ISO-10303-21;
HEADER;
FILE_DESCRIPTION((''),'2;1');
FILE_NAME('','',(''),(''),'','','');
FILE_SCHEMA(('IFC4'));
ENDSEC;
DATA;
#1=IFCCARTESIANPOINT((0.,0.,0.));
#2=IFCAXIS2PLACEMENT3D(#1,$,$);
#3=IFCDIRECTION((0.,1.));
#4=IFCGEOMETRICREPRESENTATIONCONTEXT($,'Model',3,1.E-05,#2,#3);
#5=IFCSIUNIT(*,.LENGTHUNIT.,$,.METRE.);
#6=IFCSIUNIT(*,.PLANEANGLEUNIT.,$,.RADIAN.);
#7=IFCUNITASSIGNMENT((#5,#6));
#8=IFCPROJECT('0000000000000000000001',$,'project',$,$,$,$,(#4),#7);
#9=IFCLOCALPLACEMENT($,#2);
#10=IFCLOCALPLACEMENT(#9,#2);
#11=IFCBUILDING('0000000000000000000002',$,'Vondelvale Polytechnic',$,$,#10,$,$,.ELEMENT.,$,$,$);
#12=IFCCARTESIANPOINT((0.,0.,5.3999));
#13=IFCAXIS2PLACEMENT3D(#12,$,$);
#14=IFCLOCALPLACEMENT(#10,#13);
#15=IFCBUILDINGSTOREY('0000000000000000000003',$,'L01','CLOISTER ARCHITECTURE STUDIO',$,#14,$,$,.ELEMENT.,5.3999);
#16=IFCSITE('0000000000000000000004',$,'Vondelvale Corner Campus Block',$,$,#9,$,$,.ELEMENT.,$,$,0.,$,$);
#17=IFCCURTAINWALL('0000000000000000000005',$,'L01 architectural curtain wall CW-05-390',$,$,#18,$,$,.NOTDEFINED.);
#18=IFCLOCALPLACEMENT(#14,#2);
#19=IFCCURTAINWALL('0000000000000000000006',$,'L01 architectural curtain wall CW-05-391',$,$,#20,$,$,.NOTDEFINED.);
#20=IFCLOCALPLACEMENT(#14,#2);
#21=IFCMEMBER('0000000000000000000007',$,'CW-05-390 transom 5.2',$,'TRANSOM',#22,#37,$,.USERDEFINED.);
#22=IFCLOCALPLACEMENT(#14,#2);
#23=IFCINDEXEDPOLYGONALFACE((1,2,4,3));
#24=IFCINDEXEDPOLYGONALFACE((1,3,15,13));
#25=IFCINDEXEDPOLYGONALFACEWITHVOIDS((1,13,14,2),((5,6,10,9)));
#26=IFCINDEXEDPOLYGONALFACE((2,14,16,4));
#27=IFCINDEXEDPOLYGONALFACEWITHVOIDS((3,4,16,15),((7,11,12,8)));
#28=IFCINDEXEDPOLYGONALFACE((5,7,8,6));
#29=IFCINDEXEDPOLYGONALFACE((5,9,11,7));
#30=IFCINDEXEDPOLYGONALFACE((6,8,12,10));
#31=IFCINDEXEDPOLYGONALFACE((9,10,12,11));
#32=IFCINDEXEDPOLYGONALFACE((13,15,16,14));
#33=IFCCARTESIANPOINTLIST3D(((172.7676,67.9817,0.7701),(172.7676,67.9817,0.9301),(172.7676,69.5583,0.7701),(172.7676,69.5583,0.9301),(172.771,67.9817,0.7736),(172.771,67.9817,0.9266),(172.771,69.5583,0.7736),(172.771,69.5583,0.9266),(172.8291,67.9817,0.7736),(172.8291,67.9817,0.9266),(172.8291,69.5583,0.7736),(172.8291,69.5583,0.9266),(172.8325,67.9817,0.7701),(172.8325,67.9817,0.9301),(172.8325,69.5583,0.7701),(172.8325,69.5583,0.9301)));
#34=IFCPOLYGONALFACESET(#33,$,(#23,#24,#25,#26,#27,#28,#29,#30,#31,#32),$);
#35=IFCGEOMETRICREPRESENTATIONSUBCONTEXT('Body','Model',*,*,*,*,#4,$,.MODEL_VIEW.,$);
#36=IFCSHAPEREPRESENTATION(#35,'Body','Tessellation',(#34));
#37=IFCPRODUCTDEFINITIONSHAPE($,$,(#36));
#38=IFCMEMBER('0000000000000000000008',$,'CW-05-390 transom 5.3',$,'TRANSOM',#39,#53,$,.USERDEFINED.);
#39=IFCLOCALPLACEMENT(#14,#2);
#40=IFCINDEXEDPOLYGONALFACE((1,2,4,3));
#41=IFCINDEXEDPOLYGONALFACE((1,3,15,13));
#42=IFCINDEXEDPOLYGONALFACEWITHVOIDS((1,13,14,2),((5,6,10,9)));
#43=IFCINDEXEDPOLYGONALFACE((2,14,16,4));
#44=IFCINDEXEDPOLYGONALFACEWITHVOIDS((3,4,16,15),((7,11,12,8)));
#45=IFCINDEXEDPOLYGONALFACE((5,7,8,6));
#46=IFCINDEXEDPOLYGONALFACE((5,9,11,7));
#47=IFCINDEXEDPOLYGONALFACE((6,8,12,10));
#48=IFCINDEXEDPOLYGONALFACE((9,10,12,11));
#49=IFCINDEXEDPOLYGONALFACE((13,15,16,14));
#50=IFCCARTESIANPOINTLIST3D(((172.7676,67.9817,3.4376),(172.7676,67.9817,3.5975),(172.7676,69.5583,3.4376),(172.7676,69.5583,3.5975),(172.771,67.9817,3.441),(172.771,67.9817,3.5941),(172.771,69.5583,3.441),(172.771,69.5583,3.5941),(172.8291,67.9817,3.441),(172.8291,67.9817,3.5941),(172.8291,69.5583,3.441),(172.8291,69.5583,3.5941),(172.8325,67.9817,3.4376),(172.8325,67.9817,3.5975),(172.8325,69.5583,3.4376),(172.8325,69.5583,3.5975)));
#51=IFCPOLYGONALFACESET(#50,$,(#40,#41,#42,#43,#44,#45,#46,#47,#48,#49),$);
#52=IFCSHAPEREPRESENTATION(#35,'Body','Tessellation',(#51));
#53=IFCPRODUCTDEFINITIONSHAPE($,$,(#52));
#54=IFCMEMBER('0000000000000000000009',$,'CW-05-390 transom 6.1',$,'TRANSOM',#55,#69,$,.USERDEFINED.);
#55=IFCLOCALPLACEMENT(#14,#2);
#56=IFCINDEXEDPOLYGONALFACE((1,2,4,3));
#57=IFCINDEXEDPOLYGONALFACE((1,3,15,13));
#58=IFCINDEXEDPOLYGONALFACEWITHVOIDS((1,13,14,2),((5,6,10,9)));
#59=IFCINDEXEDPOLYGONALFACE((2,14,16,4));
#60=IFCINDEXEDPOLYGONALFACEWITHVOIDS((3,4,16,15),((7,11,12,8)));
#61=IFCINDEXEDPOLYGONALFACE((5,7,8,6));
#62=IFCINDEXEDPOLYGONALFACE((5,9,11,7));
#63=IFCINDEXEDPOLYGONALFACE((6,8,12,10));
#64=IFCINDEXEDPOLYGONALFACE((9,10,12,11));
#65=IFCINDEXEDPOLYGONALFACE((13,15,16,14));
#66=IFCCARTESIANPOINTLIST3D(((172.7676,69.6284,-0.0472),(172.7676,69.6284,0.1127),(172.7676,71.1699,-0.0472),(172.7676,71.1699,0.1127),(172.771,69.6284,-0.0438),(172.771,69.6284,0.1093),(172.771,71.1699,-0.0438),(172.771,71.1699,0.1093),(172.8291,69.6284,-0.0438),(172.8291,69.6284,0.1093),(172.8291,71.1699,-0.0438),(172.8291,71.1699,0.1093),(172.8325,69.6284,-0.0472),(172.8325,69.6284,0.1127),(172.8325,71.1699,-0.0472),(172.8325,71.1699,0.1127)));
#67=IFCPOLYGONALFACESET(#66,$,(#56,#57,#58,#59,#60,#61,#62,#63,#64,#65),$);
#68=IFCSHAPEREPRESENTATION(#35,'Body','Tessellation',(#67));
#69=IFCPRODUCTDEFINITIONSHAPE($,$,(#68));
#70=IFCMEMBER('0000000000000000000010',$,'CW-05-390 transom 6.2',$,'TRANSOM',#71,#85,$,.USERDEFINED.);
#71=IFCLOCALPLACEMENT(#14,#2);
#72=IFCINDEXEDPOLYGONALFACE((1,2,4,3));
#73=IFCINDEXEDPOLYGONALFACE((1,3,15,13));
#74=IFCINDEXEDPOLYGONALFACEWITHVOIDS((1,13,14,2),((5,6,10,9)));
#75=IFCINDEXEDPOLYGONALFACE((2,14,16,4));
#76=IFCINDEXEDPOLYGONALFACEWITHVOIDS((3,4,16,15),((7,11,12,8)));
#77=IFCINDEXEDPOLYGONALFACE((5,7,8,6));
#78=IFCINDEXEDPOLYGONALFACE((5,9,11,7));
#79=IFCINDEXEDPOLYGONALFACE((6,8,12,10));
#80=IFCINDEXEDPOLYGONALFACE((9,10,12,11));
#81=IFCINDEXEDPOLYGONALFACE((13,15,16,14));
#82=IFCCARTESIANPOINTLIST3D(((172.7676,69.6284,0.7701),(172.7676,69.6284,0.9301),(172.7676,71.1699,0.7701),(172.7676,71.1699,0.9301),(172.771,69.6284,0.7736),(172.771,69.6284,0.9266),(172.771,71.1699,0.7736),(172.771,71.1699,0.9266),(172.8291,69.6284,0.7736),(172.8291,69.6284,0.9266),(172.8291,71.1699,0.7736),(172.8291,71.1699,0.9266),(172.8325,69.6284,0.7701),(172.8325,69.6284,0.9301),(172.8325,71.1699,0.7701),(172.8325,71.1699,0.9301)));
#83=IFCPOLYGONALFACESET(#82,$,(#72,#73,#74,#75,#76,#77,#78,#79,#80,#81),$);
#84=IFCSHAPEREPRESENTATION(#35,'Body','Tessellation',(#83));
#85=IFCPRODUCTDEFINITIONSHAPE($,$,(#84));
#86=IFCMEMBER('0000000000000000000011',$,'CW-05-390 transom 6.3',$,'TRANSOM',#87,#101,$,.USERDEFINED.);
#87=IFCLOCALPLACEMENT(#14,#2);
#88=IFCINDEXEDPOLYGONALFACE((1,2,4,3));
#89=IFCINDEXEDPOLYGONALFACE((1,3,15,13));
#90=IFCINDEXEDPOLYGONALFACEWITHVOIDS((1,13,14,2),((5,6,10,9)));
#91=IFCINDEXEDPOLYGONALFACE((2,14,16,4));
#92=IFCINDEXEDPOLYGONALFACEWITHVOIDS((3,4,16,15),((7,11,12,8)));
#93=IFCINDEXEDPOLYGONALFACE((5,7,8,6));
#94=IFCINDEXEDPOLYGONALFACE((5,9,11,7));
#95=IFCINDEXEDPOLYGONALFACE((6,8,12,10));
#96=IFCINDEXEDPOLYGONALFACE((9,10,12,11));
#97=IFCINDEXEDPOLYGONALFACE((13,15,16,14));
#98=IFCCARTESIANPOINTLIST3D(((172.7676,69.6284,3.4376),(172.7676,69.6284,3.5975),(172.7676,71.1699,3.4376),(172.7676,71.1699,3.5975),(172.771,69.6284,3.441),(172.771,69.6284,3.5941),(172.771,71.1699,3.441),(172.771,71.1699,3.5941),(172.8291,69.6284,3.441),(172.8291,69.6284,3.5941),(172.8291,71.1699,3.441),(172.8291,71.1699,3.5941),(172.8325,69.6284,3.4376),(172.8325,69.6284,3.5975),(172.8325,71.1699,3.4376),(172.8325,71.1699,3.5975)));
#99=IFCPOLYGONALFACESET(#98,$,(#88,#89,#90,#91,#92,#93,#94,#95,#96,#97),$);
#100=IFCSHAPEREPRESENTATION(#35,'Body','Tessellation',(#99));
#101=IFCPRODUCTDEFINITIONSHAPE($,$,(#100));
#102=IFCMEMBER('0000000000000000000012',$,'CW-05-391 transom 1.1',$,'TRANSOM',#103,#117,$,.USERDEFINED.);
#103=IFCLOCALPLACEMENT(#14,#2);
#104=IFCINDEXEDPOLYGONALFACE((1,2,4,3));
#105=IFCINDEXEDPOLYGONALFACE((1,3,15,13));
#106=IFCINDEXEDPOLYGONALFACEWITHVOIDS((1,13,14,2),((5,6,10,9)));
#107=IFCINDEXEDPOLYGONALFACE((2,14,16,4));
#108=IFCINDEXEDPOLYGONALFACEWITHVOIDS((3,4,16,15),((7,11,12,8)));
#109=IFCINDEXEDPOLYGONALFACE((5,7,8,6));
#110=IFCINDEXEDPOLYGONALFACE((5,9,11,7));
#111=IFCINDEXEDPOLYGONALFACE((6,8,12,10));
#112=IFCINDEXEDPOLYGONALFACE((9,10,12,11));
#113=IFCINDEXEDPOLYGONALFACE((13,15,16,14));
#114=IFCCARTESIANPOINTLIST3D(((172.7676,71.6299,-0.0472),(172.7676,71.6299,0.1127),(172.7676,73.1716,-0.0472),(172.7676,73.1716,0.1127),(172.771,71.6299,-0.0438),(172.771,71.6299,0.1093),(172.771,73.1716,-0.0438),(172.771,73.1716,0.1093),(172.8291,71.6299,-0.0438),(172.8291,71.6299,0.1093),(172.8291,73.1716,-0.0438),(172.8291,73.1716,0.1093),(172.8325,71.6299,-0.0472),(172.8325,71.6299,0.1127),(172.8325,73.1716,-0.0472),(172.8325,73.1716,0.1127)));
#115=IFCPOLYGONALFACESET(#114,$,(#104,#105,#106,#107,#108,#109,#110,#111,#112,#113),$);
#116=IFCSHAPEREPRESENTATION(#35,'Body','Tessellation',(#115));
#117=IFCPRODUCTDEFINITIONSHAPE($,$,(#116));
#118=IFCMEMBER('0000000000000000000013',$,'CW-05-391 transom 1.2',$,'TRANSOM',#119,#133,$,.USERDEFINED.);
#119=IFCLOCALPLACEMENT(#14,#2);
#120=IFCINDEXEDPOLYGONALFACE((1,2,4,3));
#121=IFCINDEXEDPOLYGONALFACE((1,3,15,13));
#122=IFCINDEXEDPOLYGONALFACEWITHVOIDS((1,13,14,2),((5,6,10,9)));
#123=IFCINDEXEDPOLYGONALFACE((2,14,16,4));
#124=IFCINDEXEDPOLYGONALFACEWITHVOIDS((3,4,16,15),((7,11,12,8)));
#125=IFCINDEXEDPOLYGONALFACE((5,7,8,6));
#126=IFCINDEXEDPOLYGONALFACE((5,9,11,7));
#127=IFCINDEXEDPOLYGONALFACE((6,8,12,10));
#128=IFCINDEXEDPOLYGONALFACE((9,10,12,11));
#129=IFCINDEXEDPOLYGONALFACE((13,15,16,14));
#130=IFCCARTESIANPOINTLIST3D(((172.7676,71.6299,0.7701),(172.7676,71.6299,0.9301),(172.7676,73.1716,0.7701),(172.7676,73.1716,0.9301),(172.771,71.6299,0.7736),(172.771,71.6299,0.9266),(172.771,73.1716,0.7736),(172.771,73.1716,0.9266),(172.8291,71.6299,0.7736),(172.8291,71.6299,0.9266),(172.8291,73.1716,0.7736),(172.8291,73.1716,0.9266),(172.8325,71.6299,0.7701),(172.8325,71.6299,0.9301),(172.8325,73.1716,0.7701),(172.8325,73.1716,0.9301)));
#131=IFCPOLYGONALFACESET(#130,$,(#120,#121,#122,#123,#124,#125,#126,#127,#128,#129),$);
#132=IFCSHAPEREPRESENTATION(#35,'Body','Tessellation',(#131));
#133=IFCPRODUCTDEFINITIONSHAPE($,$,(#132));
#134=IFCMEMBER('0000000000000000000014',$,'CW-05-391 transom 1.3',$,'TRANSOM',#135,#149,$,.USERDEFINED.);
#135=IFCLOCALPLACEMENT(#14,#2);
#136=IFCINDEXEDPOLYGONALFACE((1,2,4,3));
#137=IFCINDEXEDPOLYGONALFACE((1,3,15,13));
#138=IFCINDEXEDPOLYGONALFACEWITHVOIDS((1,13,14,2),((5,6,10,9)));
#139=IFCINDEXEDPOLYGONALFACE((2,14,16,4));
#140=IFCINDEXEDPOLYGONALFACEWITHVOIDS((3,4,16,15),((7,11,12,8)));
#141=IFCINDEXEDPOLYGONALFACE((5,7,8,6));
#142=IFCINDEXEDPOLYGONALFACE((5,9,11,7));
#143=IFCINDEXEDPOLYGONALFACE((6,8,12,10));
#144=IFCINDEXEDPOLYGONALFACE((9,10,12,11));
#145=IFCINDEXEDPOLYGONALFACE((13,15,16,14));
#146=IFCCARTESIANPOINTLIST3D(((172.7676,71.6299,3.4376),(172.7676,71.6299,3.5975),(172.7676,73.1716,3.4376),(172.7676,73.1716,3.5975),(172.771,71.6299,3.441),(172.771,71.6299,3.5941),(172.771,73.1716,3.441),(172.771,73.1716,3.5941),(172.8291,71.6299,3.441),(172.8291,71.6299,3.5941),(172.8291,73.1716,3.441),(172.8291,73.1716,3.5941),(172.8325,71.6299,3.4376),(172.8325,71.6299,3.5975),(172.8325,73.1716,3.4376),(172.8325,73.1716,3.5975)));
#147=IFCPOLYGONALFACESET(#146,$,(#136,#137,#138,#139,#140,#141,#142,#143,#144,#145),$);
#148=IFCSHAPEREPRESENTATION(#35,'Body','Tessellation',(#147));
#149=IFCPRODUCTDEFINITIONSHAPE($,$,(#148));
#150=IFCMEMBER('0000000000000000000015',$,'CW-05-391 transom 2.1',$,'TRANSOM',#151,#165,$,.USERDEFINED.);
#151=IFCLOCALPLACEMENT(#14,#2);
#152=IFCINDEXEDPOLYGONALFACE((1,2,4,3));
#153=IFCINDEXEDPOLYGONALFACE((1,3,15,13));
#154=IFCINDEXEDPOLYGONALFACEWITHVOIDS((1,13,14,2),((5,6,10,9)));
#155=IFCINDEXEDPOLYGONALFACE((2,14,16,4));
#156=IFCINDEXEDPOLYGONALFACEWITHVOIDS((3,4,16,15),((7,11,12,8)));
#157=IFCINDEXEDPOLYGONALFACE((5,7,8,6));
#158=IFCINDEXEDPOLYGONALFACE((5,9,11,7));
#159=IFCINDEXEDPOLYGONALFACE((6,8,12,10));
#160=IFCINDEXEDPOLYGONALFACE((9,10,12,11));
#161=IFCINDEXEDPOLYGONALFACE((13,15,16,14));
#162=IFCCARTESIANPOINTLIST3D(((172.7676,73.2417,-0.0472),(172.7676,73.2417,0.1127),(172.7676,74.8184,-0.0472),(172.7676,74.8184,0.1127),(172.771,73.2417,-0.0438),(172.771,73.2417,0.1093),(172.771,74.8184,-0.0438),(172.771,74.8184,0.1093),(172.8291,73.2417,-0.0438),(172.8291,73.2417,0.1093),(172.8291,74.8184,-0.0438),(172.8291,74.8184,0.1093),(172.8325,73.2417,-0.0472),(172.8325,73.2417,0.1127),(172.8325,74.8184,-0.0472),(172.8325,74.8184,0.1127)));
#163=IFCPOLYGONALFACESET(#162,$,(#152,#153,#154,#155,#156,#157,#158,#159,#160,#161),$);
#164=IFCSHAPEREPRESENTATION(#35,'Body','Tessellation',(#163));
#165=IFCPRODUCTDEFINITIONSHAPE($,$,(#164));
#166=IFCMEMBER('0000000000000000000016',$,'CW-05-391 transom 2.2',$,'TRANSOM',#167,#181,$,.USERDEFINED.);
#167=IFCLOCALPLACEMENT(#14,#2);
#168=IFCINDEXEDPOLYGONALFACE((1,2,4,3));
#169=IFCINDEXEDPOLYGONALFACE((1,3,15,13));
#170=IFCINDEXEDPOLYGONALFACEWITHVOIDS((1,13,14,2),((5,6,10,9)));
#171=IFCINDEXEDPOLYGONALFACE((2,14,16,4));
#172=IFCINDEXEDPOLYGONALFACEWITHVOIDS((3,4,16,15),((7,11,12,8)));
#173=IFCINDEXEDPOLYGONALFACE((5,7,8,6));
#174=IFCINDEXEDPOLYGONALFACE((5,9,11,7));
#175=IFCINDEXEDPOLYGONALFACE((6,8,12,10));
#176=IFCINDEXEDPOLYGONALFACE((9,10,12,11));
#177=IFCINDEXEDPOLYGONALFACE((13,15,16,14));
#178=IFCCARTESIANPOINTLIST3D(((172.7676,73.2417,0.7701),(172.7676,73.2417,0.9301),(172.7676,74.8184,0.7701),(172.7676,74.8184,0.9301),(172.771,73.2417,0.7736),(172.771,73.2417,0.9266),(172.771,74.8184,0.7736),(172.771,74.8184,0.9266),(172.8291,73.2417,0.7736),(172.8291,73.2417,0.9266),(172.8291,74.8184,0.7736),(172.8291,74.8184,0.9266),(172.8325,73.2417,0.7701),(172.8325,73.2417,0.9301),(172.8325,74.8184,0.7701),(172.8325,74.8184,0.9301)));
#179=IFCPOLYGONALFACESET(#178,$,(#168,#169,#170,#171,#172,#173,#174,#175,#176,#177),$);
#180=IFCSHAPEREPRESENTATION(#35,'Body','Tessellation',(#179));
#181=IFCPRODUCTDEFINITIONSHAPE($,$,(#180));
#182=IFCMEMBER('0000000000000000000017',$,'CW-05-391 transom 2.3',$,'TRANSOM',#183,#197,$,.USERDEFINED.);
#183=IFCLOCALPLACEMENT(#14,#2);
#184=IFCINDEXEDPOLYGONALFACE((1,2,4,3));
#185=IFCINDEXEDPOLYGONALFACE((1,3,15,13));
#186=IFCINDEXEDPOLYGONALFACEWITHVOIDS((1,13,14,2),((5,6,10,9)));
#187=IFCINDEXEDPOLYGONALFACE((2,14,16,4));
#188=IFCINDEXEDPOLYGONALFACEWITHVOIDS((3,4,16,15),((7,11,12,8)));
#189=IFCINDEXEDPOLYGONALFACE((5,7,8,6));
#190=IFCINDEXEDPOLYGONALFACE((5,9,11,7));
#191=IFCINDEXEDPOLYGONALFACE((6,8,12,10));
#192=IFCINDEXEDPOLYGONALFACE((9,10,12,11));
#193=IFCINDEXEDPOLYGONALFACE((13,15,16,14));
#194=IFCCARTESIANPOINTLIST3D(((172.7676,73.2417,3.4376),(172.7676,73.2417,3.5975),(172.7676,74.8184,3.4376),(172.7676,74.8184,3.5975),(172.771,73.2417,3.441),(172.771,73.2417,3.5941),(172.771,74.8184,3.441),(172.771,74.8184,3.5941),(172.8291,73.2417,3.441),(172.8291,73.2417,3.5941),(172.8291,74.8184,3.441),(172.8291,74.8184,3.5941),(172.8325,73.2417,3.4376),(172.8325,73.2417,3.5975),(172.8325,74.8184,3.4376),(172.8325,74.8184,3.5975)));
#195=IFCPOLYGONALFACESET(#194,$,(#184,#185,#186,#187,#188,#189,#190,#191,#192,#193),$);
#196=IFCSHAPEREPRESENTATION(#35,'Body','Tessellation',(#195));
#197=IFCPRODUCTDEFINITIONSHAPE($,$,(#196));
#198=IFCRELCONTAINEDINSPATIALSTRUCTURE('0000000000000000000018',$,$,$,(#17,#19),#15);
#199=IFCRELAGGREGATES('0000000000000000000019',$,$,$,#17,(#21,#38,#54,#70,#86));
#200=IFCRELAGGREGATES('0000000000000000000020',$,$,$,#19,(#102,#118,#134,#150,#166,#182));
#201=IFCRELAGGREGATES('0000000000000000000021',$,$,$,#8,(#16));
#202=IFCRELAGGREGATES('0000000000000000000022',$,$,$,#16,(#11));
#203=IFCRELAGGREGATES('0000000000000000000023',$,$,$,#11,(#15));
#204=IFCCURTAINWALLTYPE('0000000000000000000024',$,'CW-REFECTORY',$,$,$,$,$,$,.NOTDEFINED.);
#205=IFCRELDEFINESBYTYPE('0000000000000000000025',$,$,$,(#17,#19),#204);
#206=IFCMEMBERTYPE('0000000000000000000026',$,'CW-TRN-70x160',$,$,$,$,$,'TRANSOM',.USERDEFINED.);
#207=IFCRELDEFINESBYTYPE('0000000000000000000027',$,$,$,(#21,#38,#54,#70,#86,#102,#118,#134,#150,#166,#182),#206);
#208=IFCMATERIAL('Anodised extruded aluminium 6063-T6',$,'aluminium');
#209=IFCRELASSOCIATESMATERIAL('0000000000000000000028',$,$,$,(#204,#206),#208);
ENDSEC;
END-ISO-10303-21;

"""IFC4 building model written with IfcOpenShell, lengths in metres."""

from ifc_helpers import new_model, si_unit, direction, frame, origin, origin_2d, place, context, subcontext, project, spatial, hollow_rectangle, extrude, material, material_profile, profile_set, type_object, element, aggregate, save


model = new_model("IFC4")

# Units and contexts
model_context = context("Model", 3, precision=1e-05, world=origin(), true_north=direction((0.0, 1.0)))
body_context = subcontext(model_context, "Body", "Model", "MODEL_VIEW")
ifc_project = project(units=[si_unit("LENGTHUNIT", "METRE"), si_unit("PLANEANGLEUNIT", "RADIAN")], contexts=[model_context])

# Site, building, storey
site_placement = place(None, origin())
site = spatial("IfcSite", under=ifc_project, at=site_placement, Name="Vondelvale Corner Campus Block", CompositionType="ELEMENT", RefElevation=0.0)
building_placement = place(site_placement, origin())
building = spatial("IfcBuilding", under=site, at=building_placement, Name="Vondelvale Polytechnic", CompositionType="ELEMENT")
storey_placement = place(building_placement, frame((0.0, 0.0, 5.3999)))
storey = spatial("IfcBuildingStorey", under=building, at=storey_placement, Name="L01", Description="CLOISTER ARCHITECTURE STUDIO", CompositionType="ELEMENT", Elevation=5.3999)

# Curtain walls
ifc_material_1 = material(Name="Anodised extruded aluminium 6063-T6", Category="aluminium")
curtain_wall_type = type_object("IfcCurtainWallType", Name="CW-REFECTORY", PredefinedType="NOTDEFINED", material=ifc_material_1)
curtain_wall_1_placement = place(storey_placement, origin())
curtain_wall_1 = element("IfcCurtainWall", 1, at=curtain_wall_1_placement, inside=storey, type_object=curtain_wall_type, Name="L01 architectural curtain wall CW-05-390", PredefinedType="NOTDEFINED")
curtain_wall_2_placement = place(storey_placement, origin())
curtain_wall_2 = element("IfcCurtainWall", 2, at=curtain_wall_2_placement, inside=storey, type_object=curtain_wall_type, Name="L01 architectural curtain wall CW-05-391", PredefinedType="NOTDEFINED")

# Members
ifc_material_profile_1 = material_profile(ifc_material_1, hollow_rectangle(XDim=0.0649, YDim=0.1599, WallThickness=0.0034, at=origin_2d()), Name="CW-TRN-160x65")
ifc_profile_set_1 = profile_set([ifc_material_profile_1], Name="Anodised extruded aluminium 6063-T6")
member_type_1 = type_object("IfcMemberType", Name="CW-TRN-70x160", ElementType="TRANSOM", PredefinedType="USERDEFINED", material=ifc_profile_set_1)
member_1_placement = place(storey_placement, frame((172.8, 67.9817, 0.8501), z_axis=(0.0, 1.0, 0.0), x_axis=(-1.0, 0.0, 0.0)))
member_1 = element("IfcMember", 3, at=member_1_placement, type_object=member_type_1, Name="CW-05-390 transom 5.2", ObjectType="TRANSOM", PredefinedType="USERDEFINED", context=body_context, shape_type="SweptSolid", body=[
    extrude(hollow_rectangle(XDim=0.0649, YDim=0.1599, WallThickness=0.0034, at=origin_2d()), origin(), (0.0, 0.0, 1.0), 1.5767),
])
member_2_placement = place(storey_placement, frame((172.8, 67.9817, 3.5176), z_axis=(0.0, 1.0, 0.0), x_axis=(-1.0, 0.0, 0.0)))
member_2 = element("IfcMember", 4, at=member_2_placement, type_object=member_type_1, Name="CW-05-390 transom 5.3", ObjectType="TRANSOM", PredefinedType="USERDEFINED", context=body_context, shape_type="SweptSolid", body=[
    extrude(hollow_rectangle(XDim=0.0649, YDim=0.1599, WallThickness=0.0034, at=origin_2d()), origin(), (0.0, 0.0, 1.0), 1.5767),
])
member_3_placement = place(storey_placement, frame((172.8, 69.6284, 0.0327), z_axis=(0.0, 1.0, 0.0), x_axis=(-1.0, 0.0, 0.0)))
member_3 = element("IfcMember", 5, at=member_3_placement, type_object=member_type_1, Name="CW-05-390 transom 6.1", ObjectType="TRANSOM", PredefinedType="USERDEFINED", context=body_context, shape_type="SweptSolid", body=[
    extrude(hollow_rectangle(XDim=0.0649, YDim=0.1599, WallThickness=0.0034, at=origin_2d()), origin(), (0.0, 0.0, 1.0), 1.5415),
])
member_4_placement = place(storey_placement, frame((172.8, 69.6284, 0.8501), z_axis=(0.0, 1.0, 0.0), x_axis=(-1.0, 0.0, 0.0)))
member_4 = element("IfcMember", 6, at=member_4_placement, type_object=member_type_1, Name="CW-05-390 transom 6.2", ObjectType="TRANSOM", PredefinedType="USERDEFINED", context=body_context, shape_type="SweptSolid", body=[
    extrude(hollow_rectangle(XDim=0.0649, YDim=0.1599, WallThickness=0.0034, at=origin_2d()), origin(), (0.0, 0.0, 1.0), 1.5415),
])
member_5_placement = place(storey_placement, frame((172.8, 69.6284, 3.5176), z_axis=(0.0, 1.0, 0.0), x_axis=(-1.0, 0.0, 0.0)))
member_5 = element("IfcMember", 7, at=member_5_placement, type_object=member_type_1, Name="CW-05-390 transom 6.3", ObjectType="TRANSOM", PredefinedType="USERDEFINED", context=body_context, shape_type="SweptSolid", body=[
    extrude(hollow_rectangle(XDim=0.0649, YDim=0.1599, WallThickness=0.0034, at=origin_2d()), origin(), (0.0, 0.0, 1.0), 1.5415),
])
member_6_placement = place(storey_placement, frame((172.8, 71.6299, 0.0327), z_axis=(0.0, 1.0, 0.0), x_axis=(-1.0, 0.0, 0.0)))
member_6 = element("IfcMember", 8, at=member_6_placement, type_object=member_type_1, Name="CW-05-391 transom 1.1", ObjectType="TRANSOM", PredefinedType="USERDEFINED", context=body_context, shape_type="SweptSolid", body=[
    extrude(hollow_rectangle(XDim=0.0649, YDim=0.1599, WallThickness=0.0034, at=origin_2d()), origin(), (0.0, 0.0, 1.0), 1.5417),
])
member_7_placement = place(storey_placement, frame((172.8, 71.6299, 0.8501), z_axis=(0.0, 1.0, 0.0), x_axis=(-1.0, 0.0, 0.0)))
member_7 = element("IfcMember", 9, at=member_7_placement, type_object=member_type_1, Name="CW-05-391 transom 1.2", ObjectType="TRANSOM", PredefinedType="USERDEFINED", context=body_context, shape_type="SweptSolid", body=[
    extrude(hollow_rectangle(XDim=0.0649, YDim=0.1599, WallThickness=0.0034, at=origin_2d()), origin(), (0.0, 0.0, 1.0), 1.5417),
])
member_8_placement = place(storey_placement, frame((172.8, 71.6299, 3.5176), z_axis=(0.0, 1.0, 0.0), x_axis=(-1.0, 0.0, 0.0)))
member_8 = element("IfcMember", 10, at=member_8_placement, type_object=member_type_1, Name="CW-05-391 transom 1.3", ObjectType="TRANSOM", PredefinedType="USERDEFINED", context=body_context, shape_type="SweptSolid", body=[
    extrude(hollow_rectangle(XDim=0.0649, YDim=0.1599, WallThickness=0.0034, at=origin_2d()), origin(), (0.0, 0.0, 1.0), 1.5417),
])
member_9_placement = place(storey_placement, frame((172.8, 73.2417, 0.0327), z_axis=(0.0, 1.0, 0.0), x_axis=(-1.0, 0.0, 0.0)))
member_9 = element("IfcMember", 11, at=member_9_placement, type_object=member_type_1, Name="CW-05-391 transom 2.1", ObjectType="TRANSOM", PredefinedType="USERDEFINED", context=body_context, shape_type="SweptSolid", body=[
    extrude(hollow_rectangle(XDim=0.0649, YDim=0.1599, WallThickness=0.0034, at=origin_2d()), origin(), (0.0, 0.0, 1.0), 1.5767),
])
member_10_placement = place(storey_placement, frame((172.8, 73.2417, 0.8501), z_axis=(0.0, 1.0, 0.0), x_axis=(-1.0, 0.0, 0.0)))
member_10 = element("IfcMember", 12, at=member_10_placement, type_object=member_type_1, Name="CW-05-391 transom 2.2", ObjectType="TRANSOM", PredefinedType="USERDEFINED", context=body_context, shape_type="SweptSolid", body=[
    extrude(hollow_rectangle(XDim=0.0649, YDim=0.1599, WallThickness=0.0034, at=origin_2d()), origin(), (0.0, 0.0, 1.0), 1.5767),
])
member_11_placement = place(storey_placement, frame((172.8, 73.2417, 3.5176), z_axis=(0.0, 1.0, 0.0), x_axis=(-1.0, 0.0, 0.0)))
member_11 = element("IfcMember", 13, at=member_11_placement, type_object=member_type_1, Name="CW-05-391 transom 2.3", ObjectType="TRANSOM", PredefinedType="USERDEFINED", context=body_context, shape_type="SweptSolid", body=[
    extrude(hollow_rectangle(XDim=0.0649, YDim=0.1599, WallThickness=0.0034, at=origin_2d()), origin(), (0.0, 0.0, 1.0), 1.5767),
])

aggregate(curtain_wall_1, [member_1, member_2, member_3, member_4, member_5])
aggregate(curtain_wall_2, [member_6, member_7, member_8, member_9, member_10, member_11])

save(model, "model.ifc")
